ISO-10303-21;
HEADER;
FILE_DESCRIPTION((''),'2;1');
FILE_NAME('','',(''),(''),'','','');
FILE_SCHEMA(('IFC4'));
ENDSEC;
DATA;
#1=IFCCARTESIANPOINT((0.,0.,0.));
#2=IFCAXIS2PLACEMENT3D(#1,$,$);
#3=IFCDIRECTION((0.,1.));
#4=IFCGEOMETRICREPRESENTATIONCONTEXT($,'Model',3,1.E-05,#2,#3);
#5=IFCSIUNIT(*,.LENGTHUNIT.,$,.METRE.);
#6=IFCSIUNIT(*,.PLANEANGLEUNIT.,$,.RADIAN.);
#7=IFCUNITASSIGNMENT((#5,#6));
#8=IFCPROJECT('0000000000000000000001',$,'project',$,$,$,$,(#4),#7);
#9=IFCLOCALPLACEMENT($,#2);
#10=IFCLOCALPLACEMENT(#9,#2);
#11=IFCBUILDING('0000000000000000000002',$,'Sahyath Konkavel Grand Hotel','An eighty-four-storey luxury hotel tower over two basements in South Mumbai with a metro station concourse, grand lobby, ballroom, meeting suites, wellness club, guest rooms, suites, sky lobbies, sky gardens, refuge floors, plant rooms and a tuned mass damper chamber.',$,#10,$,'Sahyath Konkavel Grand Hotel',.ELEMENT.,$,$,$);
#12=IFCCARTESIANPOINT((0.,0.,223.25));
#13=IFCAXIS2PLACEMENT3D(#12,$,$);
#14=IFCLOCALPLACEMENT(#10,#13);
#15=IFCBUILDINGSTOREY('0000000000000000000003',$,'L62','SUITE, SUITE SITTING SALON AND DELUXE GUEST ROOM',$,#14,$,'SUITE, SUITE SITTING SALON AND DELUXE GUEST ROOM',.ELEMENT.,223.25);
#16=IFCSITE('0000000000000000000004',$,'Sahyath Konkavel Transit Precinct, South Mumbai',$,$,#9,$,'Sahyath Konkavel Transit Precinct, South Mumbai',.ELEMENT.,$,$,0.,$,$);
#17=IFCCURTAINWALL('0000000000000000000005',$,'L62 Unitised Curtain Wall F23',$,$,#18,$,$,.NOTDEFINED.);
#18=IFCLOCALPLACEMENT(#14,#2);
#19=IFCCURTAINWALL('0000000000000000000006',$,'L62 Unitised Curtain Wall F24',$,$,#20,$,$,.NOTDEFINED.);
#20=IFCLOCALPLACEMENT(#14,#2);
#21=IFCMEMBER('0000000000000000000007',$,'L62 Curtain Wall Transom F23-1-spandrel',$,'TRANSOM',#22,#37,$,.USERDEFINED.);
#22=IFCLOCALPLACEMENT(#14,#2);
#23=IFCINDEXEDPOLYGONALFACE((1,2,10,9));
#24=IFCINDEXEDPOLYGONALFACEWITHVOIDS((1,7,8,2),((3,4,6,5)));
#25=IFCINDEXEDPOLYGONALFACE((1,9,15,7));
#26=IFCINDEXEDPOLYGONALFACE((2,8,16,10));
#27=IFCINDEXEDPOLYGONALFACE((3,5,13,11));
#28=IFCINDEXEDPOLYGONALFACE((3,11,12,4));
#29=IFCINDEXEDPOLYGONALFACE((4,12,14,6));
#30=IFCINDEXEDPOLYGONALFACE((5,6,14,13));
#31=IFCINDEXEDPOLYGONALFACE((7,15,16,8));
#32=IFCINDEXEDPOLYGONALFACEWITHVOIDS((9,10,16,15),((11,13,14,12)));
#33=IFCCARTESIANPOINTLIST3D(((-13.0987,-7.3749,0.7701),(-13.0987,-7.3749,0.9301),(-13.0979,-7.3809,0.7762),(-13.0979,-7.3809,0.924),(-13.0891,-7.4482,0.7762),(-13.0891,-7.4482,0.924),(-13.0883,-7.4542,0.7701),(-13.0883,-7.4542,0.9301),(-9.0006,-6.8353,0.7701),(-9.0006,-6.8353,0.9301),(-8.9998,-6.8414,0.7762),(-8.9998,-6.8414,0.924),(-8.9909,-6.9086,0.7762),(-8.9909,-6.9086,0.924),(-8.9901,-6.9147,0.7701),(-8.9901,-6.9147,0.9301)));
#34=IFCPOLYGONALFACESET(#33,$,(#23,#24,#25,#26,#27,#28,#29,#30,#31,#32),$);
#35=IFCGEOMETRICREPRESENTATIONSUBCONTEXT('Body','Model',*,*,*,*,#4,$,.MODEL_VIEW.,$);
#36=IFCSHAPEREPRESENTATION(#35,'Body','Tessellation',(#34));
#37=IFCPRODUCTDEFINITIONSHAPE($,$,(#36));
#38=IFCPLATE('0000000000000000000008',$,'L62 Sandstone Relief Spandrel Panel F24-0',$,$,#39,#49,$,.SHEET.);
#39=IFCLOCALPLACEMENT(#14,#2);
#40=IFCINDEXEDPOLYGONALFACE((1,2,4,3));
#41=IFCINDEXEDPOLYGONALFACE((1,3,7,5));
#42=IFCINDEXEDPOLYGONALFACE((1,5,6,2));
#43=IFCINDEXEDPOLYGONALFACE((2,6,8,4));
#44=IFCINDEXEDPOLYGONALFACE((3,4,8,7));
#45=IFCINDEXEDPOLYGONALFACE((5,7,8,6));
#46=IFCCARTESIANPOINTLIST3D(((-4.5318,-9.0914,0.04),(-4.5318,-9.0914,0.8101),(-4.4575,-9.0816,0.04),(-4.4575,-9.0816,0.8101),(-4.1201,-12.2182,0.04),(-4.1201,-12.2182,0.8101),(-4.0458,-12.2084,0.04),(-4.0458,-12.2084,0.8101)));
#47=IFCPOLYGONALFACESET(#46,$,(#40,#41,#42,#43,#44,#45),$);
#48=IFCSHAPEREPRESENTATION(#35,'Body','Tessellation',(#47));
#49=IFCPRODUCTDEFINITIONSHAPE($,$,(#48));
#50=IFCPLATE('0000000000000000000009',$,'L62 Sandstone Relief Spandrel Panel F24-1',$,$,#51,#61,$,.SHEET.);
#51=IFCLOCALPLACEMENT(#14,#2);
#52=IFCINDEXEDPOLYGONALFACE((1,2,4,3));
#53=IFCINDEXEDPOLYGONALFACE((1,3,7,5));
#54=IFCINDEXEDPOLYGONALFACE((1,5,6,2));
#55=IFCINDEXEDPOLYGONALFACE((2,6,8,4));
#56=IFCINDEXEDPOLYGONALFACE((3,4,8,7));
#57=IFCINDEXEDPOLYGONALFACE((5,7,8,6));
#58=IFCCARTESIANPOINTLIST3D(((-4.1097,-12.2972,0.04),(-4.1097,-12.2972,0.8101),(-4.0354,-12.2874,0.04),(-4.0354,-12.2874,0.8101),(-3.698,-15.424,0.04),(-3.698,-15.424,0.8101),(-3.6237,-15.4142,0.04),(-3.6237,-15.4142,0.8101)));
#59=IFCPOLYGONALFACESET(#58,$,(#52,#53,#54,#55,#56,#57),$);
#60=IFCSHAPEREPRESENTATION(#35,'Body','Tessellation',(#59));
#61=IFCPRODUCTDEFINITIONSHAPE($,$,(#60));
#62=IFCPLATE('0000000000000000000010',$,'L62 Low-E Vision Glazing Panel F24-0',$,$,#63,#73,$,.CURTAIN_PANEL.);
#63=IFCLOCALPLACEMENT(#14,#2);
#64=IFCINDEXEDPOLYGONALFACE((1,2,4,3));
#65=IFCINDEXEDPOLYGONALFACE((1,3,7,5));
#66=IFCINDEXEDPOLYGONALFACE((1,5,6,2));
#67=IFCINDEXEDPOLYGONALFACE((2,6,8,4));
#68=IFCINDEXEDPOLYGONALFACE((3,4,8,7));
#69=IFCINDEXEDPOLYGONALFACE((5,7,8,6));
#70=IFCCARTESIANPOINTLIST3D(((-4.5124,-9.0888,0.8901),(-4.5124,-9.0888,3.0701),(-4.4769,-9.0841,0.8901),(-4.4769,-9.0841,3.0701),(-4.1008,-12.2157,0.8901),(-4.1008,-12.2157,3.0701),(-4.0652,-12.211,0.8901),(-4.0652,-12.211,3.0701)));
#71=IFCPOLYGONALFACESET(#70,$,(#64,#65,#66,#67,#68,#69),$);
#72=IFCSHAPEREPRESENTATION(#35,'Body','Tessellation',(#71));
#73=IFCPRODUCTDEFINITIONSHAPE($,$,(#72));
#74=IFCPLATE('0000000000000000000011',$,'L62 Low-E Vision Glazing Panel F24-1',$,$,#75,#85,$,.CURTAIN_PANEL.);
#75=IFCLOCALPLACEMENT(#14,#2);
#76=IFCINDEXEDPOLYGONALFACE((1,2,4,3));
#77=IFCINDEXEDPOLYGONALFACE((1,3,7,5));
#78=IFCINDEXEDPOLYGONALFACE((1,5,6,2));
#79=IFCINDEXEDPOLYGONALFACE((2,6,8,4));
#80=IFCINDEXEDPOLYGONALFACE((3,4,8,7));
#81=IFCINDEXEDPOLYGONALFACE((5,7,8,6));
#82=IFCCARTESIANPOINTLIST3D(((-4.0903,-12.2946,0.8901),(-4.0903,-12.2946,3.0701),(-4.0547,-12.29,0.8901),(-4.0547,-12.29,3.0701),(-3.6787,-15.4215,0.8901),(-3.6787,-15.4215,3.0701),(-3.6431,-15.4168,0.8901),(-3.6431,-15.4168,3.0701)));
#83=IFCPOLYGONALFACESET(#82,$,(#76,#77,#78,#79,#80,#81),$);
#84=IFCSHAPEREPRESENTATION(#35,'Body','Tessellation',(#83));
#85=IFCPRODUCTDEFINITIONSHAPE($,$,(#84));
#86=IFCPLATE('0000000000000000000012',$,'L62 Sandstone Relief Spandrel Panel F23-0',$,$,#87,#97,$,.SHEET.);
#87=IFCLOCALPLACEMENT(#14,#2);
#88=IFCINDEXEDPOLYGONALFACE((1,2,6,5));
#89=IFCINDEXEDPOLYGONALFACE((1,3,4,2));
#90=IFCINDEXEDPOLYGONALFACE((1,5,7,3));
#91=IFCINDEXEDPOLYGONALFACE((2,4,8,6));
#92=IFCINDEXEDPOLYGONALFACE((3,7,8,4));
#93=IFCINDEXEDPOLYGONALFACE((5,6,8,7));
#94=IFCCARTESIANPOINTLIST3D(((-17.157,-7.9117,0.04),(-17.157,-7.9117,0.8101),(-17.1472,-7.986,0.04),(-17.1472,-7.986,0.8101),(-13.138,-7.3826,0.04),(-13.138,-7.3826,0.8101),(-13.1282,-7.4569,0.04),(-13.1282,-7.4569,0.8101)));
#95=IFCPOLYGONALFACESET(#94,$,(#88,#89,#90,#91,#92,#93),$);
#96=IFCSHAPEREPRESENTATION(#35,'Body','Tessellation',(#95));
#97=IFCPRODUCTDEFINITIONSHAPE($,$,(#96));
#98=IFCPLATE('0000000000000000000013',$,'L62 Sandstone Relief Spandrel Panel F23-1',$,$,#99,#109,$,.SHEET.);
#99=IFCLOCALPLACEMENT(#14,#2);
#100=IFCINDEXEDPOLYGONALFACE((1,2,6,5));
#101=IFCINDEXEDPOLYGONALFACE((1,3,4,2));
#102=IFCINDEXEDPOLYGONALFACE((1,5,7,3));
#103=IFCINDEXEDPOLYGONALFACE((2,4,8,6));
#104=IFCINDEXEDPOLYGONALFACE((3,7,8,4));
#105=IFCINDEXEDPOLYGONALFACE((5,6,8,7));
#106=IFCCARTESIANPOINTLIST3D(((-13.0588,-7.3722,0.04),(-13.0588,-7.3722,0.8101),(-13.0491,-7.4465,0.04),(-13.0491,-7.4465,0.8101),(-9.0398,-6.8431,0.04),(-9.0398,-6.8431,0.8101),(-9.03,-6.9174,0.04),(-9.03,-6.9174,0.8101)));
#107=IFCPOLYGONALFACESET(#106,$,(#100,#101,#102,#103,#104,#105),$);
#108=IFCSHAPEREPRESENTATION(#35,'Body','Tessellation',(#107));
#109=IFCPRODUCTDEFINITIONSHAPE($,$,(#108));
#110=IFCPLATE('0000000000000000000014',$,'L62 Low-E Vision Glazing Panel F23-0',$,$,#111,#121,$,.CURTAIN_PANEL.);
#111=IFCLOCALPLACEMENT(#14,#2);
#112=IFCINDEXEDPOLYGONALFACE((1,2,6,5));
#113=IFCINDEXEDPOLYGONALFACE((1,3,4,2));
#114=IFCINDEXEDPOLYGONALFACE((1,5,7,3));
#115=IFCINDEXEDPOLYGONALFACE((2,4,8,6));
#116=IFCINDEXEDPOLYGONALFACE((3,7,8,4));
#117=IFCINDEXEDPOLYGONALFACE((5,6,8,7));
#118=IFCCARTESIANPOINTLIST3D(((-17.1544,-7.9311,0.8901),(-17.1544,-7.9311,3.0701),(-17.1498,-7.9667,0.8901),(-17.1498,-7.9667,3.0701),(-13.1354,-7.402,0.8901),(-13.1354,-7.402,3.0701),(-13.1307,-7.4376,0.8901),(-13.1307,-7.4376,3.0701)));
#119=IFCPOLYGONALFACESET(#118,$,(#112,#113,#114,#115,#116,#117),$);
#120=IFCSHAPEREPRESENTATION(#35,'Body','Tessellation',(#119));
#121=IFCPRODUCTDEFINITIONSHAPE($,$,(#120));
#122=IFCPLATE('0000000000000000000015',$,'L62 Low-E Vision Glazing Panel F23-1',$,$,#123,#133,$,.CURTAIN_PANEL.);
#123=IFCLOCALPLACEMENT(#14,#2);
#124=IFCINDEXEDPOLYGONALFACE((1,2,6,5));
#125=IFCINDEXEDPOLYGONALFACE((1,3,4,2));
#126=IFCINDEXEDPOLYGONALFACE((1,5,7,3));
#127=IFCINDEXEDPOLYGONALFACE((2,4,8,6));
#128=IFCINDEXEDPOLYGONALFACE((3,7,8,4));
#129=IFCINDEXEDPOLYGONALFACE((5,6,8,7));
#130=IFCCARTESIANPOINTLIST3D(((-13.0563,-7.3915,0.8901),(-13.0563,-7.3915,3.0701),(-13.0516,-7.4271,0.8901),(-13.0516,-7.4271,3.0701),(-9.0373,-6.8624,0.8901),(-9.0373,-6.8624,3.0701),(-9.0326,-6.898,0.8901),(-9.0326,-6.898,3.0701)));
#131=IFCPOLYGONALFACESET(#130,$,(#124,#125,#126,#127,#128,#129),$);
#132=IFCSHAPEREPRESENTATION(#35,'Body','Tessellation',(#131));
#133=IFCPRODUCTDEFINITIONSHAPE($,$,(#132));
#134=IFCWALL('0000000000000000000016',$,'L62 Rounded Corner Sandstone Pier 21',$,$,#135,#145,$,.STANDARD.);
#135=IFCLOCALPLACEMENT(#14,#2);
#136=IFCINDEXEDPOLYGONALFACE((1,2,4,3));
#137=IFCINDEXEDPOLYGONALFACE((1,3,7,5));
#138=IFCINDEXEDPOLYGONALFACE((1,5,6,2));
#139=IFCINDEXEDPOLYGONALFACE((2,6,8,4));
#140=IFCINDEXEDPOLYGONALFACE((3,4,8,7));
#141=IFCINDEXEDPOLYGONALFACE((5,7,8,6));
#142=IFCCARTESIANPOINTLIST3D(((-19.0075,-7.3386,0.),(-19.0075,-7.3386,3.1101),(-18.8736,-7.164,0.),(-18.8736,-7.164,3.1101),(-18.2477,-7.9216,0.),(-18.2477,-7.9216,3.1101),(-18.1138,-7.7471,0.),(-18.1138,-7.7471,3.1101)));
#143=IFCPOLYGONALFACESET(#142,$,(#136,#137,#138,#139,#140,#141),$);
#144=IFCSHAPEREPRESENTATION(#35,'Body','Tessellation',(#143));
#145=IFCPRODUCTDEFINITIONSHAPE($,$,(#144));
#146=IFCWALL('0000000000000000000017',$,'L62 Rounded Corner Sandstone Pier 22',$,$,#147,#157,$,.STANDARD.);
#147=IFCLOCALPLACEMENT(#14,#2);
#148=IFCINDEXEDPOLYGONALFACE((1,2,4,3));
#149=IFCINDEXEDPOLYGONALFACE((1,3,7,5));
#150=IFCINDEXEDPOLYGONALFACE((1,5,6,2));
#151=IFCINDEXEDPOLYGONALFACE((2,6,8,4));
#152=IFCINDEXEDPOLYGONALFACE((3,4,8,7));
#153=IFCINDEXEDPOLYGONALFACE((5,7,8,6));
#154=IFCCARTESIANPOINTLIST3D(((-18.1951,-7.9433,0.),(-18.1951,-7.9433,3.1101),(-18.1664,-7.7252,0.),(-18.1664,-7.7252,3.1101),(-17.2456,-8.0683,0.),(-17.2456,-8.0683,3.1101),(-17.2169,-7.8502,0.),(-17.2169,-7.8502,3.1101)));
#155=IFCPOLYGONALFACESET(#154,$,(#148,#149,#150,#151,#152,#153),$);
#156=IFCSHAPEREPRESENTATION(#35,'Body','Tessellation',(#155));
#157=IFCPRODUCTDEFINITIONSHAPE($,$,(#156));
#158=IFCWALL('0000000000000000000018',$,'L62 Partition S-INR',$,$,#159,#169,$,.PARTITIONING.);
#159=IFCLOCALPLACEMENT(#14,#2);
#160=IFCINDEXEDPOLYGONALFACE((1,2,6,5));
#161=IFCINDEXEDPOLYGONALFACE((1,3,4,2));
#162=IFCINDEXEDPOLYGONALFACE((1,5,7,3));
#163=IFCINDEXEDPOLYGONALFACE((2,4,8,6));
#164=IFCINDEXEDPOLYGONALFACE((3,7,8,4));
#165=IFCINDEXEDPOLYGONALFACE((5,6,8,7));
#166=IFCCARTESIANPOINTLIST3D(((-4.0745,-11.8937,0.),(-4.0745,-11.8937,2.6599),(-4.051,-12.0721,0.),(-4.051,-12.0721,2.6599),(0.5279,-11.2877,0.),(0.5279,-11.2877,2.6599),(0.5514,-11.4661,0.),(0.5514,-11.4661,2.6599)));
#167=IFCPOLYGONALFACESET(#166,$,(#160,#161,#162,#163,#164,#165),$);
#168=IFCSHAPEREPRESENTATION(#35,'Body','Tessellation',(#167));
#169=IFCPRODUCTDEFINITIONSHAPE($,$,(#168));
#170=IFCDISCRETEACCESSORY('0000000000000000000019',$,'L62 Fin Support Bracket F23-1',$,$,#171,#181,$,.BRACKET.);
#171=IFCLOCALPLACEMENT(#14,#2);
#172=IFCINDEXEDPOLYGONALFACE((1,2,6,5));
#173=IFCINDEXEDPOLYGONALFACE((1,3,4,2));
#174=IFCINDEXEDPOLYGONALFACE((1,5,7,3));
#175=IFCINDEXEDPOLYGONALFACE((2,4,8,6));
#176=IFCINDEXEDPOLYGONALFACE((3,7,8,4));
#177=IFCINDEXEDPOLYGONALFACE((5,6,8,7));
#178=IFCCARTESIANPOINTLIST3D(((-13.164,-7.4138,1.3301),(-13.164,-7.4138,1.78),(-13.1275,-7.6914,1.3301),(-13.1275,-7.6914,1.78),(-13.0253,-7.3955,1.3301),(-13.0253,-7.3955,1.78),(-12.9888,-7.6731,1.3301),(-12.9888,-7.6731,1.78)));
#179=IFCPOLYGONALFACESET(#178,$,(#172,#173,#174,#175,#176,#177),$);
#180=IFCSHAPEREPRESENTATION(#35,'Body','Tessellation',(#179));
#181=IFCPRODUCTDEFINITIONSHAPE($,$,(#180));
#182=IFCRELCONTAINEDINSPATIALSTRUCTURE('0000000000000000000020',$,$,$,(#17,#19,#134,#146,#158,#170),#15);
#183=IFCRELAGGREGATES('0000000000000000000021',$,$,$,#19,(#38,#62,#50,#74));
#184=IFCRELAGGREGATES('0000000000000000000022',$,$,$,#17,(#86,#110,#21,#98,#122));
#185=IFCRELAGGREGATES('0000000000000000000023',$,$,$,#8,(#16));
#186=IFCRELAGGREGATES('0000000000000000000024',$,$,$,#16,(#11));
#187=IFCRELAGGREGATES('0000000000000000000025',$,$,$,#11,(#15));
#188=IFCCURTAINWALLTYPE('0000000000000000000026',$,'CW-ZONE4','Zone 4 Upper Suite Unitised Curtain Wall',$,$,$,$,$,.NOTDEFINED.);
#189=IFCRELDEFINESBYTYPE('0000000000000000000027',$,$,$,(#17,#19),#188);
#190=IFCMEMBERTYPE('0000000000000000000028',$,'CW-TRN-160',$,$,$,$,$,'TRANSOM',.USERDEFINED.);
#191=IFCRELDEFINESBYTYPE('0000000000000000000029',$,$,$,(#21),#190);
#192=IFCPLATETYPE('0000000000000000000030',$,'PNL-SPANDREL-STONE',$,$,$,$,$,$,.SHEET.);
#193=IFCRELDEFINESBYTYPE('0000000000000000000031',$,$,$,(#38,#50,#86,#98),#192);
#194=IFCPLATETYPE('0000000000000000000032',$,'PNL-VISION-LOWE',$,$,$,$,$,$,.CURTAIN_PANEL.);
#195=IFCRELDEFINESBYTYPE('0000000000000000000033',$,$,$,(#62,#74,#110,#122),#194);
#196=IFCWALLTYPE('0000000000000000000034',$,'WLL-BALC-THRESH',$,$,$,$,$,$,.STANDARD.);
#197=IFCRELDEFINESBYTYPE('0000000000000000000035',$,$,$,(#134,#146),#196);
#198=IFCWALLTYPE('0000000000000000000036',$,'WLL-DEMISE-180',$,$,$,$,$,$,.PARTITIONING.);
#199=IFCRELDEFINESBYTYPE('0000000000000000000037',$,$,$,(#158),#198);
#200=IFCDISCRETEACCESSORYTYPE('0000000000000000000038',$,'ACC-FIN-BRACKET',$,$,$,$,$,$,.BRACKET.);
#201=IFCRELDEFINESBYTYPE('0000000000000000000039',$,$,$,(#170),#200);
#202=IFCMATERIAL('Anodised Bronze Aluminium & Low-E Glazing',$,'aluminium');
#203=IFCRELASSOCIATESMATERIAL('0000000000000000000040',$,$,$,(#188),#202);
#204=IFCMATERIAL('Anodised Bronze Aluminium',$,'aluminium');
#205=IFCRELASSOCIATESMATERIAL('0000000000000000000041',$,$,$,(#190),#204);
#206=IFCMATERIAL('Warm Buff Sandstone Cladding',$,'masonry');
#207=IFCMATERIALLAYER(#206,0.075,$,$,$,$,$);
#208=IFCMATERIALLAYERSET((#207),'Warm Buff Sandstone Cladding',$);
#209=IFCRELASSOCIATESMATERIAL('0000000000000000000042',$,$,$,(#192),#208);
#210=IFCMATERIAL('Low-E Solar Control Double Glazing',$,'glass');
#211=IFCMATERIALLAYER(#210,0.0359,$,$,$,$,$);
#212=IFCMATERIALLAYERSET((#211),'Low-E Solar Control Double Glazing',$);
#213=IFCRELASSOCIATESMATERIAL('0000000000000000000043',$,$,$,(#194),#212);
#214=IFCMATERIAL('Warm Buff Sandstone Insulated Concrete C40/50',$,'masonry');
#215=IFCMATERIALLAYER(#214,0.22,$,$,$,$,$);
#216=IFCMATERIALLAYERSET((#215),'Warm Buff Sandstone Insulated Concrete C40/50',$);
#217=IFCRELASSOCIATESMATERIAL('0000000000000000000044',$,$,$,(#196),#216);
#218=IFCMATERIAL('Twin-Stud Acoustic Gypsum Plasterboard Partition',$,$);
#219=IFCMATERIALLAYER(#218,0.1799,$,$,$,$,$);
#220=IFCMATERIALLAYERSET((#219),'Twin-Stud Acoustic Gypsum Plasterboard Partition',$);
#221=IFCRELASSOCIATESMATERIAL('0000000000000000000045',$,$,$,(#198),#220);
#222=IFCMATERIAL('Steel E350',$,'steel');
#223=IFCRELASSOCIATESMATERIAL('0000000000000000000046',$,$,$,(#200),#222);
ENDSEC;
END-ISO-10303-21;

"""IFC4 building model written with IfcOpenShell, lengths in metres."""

from ifc_helpers import new_model, si_unit, direction, frame, frame_2d, origin, origin_2d, place, context, subcontext, project, spatial, rectangle, hollow_rectangle, extrude, source, transform, mapped, material, layer, layer_set, material_profile, profile_set, type_object, element, aggregate, save


model = new_model("IFC4")

# Units and contexts
model_context = context("Model", 3, precision=1e-05, world=origin(), true_north=direction((0.0, 1.0)))
body_context = subcontext(model_context, "Body", "Model", "MODEL_VIEW")
ifc_project = project(units=[si_unit("LENGTHUNIT", "METRE"), si_unit("PLANEANGLEUNIT", "RADIAN")], contexts=[model_context])

# Site, building, storey
site_placement = place(None, origin())
site = spatial("IfcSite", under=ifc_project, at=site_placement, Name="Sahyath Konkavel Transit Precinct, South Mumbai", LongName="Sahyath Konkavel Transit Precinct, South Mumbai", CompositionType="ELEMENT", RefElevation=0.0)
building_placement = place(site_placement, origin())
building = spatial("IfcBuilding", under=site, at=building_placement, Name="Sahyath Konkavel Grand Hotel", Description="An eighty-four-storey luxury hotel tower over two basements in South Mumbai with a metro station concourse, grand lobby, ballroom, meeting suites, wellness club, guest rooms, suites, sky lobbies, sky gardens, refuge floors, plant rooms and a tuned mass damper chamber.", LongName="Sahyath Konkavel Grand Hotel", CompositionType="ELEMENT")
storey_placement = place(building_placement, frame((0.0, 0.0, 223.25)))
storey = spatial("IfcBuildingStorey", under=building, at=storey_placement, Name="L62", Description="SUITE, SUITE SITTING SALON AND DELUXE GUEST ROOM", LongName="SUITE, SUITE SITTING SALON AND DELUXE GUEST ROOM", CompositionType="ELEMENT", Elevation=223.25)

# Curtain walls
ifc_material_1 = material(Name="Anodised Bronze Aluminium & Low-E Glazing", Category="aluminium")
curtain_wall_type = type_object("IfcCurtainWallType", Name="CW-ZONE4", Description="Zone 4 Upper Suite Unitised Curtain Wall", PredefinedType="NOTDEFINED", material=ifc_material_1)
curtain_wall_1_placement = place(storey_placement, origin())
curtain_wall_1 = element("IfcCurtainWall", 1, at=curtain_wall_1_placement, inside=storey, type_object=curtain_wall_type, Name="L62 Unitised Curtain Wall F23", PredefinedType="NOTDEFINED")
curtain_wall_2_placement = place(storey_placement, origin())
curtain_wall_2 = element("IfcCurtainWall", 2, at=curtain_wall_2_placement, inside=storey, type_object=curtain_wall_type, Name="L62 Unitised Curtain Wall F24", PredefinedType="NOTDEFINED")
ifc_material_2 = material(Name="Anodised Bronze Aluminium", Category="aluminium")

# Member
ifc_material_profile_1 = material_profile(ifc_material_2, hollow_rectangle(XDim=0.0801, YDim=0.1599, WallThickness=0.0061, at=origin_2d()), Name="RHS 160x80x6")
ifc_profile_set_1 = profile_set([ifc_material_profile_1], Name="Anodised Bronze Aluminium")
member_type_1 = type_object("IfcMemberType", Name="CW-TRN-160", ElementType="TRANSOM", PredefinedType="USERDEFINED", material=ifc_profile_set_1)
shared_shape_1 = source(origin(), body_context, "Body", "SweptSolid", [
    extrude(hollow_rectangle(XDim=0.0801, YDim=0.1599, WallThickness=0.0061, at=origin_2d()), origin(), (0.0, 0.0, 1.0), 4.1335),
])
member_1_placement = place(storey_placement, frame((-13.0935, -7.4146, 0.8501), z_axis=(0.991444, 0.130531, 0.0), x_axis=(-0.130531, 0.991444, 0.0)))
member_1 = element("IfcMember", 3, at=member_1_placement, type_object=member_type_1, Name="L62 Curtain Wall Transom F23-1-spandrel", ObjectType="TRANSOM", PredefinedType="USERDEFINED", context=body_context, shape_type="MappedRepresentation", body=[
    mapped(shared_shape_1, transform((0.0, 0.0, 0.0), scale=1.0)),
])

# Plates
ifc_material_3 = material(Name="Warm Buff Sandstone Cladding", Category="masonry")
ifc_layer_1 = layer(ifc_material_3, 0.075)
ifc_layer_set_1 = layer_set([ifc_layer_1], Name="Warm Buff Sandstone Cladding")
plate_type_1 = type_object("IfcPlateType", Name="PNL-SPANDREL-STONE", PredefinedType="SHEET", material=ifc_layer_set_1)
shared_shape_2 = source(origin(), body_context, "Body", "SweptSolid", [
    extrude(rectangle(XDim=3.1538, YDim=0.075, at=origin_2d()), origin(), (0.0, 0.0, 1.0), 0.77),
])
plate_1_placement = place(storey_placement, frame((-4.2888, -10.6499, 0.04), z_axis=(0.0, 0.0, 1.0), x_axis=(0.130526, -0.991445, 0.0)))
plate_1 = element("IfcPlate", 4, at=plate_1_placement, type_object=plate_type_1, Name="L62 Sandstone Relief Spandrel Panel F24-0", PredefinedType="SHEET", context=body_context, shape_type="MappedRepresentation", body=[
    mapped(shared_shape_2, transform((0.0, 0.0, 0.0), scale=1.0)),
])
plate_2_placement = place(storey_placement, frame((-3.8667, -13.8557, 0.04), z_axis=(0.0, 0.0, 1.0), x_axis=(0.130526, -0.991445, 0.0)))
plate_2 = element("IfcPlate", 5, at=plate_2_placement, type_object=plate_type_1, Name="L62 Sandstone Relief Spandrel Panel F24-1", PredefinedType="SHEET", context=body_context, shape_type="MappedRepresentation", body=[
    mapped(shared_shape_2, transform((0.0, 0.0, 0.0), scale=1.0)),
])
ifc_material_4 = material(Name="Low-E Solar Control Double Glazing", Category="glass")
ifc_layer_2 = layer(ifc_material_4, 0.0359)
ifc_layer_set_2 = layer_set([ifc_layer_2], Name="Low-E Solar Control Double Glazing")
plate_type_2 = type_object("IfcPlateType", Name="PNL-VISION-LOWE", PredefinedType="CURTAIN_PANEL", material=ifc_layer_set_2)
shared_shape_3 = source(origin(), body_context, "Body", "SweptSolid", [
    extrude(rectangle(XDim=3.1538, YDim=0.0359, at=origin_2d()), origin(), (0.0, 0.0, 1.0), 2.1799),
])
plate_3_placement = place(storey_placement, frame((-4.2888, -10.6499, 0.8901), z_axis=(0.0, 0.0, 1.0), x_axis=(0.130526, -0.991445, 0.0)))
plate_3 = element("IfcPlate", 6, at=plate_3_placement, type_object=plate_type_2, Name="L62 Low-E Vision Glazing Panel F24-0", PredefinedType="CURTAIN_PANEL", context=body_context, shape_type="MappedRepresentation", body=[
    mapped(shared_shape_3, transform((0.0, 0.0, 0.0), scale=1.0)),
])
plate_4_placement = place(storey_placement, frame((-3.8667, -13.8557, 0.8901), z_axis=(0.0, 0.0, 1.0), x_axis=(0.130526, -0.991445, 0.0)))
plate_4 = element("IfcPlate", 7, at=plate_4_placement, type_object=plate_type_2, Name="L62 Low-E Vision Glazing Panel F24-1", PredefinedType="CURTAIN_PANEL", context=body_context, shape_type="MappedRepresentation", body=[
    mapped(shared_shape_3, transform((0.0, 0.0, 0.0), scale=1.0)),
])
aggregate(curtain_wall_2, [plate_1, plate_3, plate_2, plate_4])
shared_shape_4 = source(origin(), body_context, "Body", "SweptSolid", [
    extrude(rectangle(XDim=4.0537, YDim=0.075, at=origin_2d()), origin(), (0.0, 0.0, 1.0), 0.77),
])
plate_5_placement = place(storey_placement, frame((-15.1426, -7.6843, 0.04), z_axis=(0.0, 0.0, 1.0), x_axis=(0.991445, 0.130526, 0.0)))
plate_5 = element("IfcPlate", 8, at=plate_5_placement, type_object=plate_type_1, Name="L62 Sandstone Relief Spandrel Panel F23-0", PredefinedType="SHEET", context=body_context, shape_type="MappedRepresentation", body=[
    mapped(shared_shape_4, transform((0.0, 0.0, 0.0), scale=1.0)),
])
plate_6_placement = place(storey_placement, frame((-11.0444, -7.1448, 0.04), z_axis=(0.0, 0.0, 1.0), x_axis=(0.991445, 0.130526, 0.0)))
plate_6 = element("IfcPlate", 9, at=plate_6_placement, type_object=plate_type_1, Name="L62 Sandstone Relief Spandrel Panel F23-1", PredefinedType="SHEET", context=body_context, shape_type="MappedRepresentation", body=[
    mapped(shared_shape_4, transform((0.0, 0.0, 0.0), scale=1.0)),
])
shared_shape_5 = source(origin(), body_context, "Body", "SweptSolid", [
    extrude(rectangle(XDim=4.0537, YDim=0.0359, at=origin_2d()), origin(), (0.0, 0.0, 1.0), 2.1799),
])
plate_7_placement = place(storey_placement, frame((-15.1426, -7.6843, 0.8901), z_axis=(0.0, 0.0, 1.0), x_axis=(0.991445, 0.130526, 0.0)))
plate_7 = element("IfcPlate", 10, at=plate_7_placement, type_object=plate_type_2, Name="L62 Low-E Vision Glazing Panel F23-0", PredefinedType="CURTAIN_PANEL", context=body_context, shape_type="MappedRepresentation", body=[
    mapped(shared_shape_5, transform((0.0, 0.0, 0.0), scale=1.0)),
])
plate_8_placement = place(storey_placement, frame((-11.0444, -7.1448, 0.8901), z_axis=(0.0, 0.0, 1.0), x_axis=(0.991445, 0.130526, 0.0)))
plate_8 = element("IfcPlate", 11, at=plate_8_placement, type_object=plate_type_2, Name="L62 Low-E Vision Glazing Panel F23-1", PredefinedType="CURTAIN_PANEL", context=body_context, shape_type="MappedRepresentation", body=[
    mapped(shared_shape_5, transform((0.0, 0.0, 0.0), scale=1.0)),
])
aggregate(curtain_wall_1, [plate_5, plate_7, member_1, plate_6, plate_8])

# Walls
ifc_material_5 = material(Name="Warm Buff Sandstone Insulated Concrete C40/50", Category="masonry")
ifc_layer_3 = layer(ifc_material_5, 0.22)
ifc_layer_set_3 = layer_set([ifc_layer_3], Name="Warm Buff Sandstone Insulated Concrete C40/50")
wall_type_1 = type_object("IfcWallType", Name="WLL-BALC-THRESH", PredefinedType="STANDARD", material=ifc_layer_set_3)
for number, where, z_axis, x_axis, name in (
    (12, (-18.9407, -7.2512, 0.0), (0.0, 0.0, 1.0), (0.793344, -0.608774, 0.0), "L62 Rounded Corner Sandstone Pier 21"),
    (13, (-18.1809, -7.8342, 0.0), (0.0, 0.0, 1.0), (0.991445, -0.130527, 0.0), "L62 Rounded Corner Sandstone Pier 22"),
):
    element("IfcWall", number, at=place(storey_placement, frame(where, z_axis=z_axis, x_axis=x_axis)), inside=storey, type_object=wall_type_1, Name=name, PredefinedType="STANDARD", context=body_context, shape_type="SweptSolid", body=[
        extrude(rectangle(XDim=0.9578, YDim=0.22, at=frame_2d((0.479, 0.0))), origin(), (0.0, 0.0, 1.0), 3.1101),
    ])
ifc_material_6 = material(Name="Twin-Stud Acoustic Gypsum Plasterboard Partition")
ifc_layer_4 = layer(ifc_material_6, 0.1799)
ifc_layer_set_4 = layer_set([ifc_layer_4], Name="Twin-Stud Acoustic Gypsum Plasterboard Partition")
wall_type_2 = type_object("IfcWallType", Name="WLL-DEMISE-180", PredefinedType="PARTITIONING", material=ifc_layer_set_4)
wall_placement = place(storey_placement, frame((-4.0627, -11.9829, 0.0), z_axis=(0.0, 0.0, 1.0), x_axis=(0.991443, 0.130538, 0.0)))
element("IfcWall", 14, at=wall_placement, inside=storey, type_object=wall_type_2, Name="L62 Partition S-INR", PredefinedType="PARTITIONING", context=body_context, shape_type="SweptSolid", body=[
    extrude(rectangle(XDim=4.6421, YDim=0.1799, at=frame_2d((2.321, 0.0))), origin(), (0.0, 0.0, 1.0), 2.6599),
])

# Discrete accessory
ifc_material_7 = material(Name="Steel E350", Category="steel")
discrete_accessory_type = type_object("IfcDiscreteAccessoryType", Name="ACC-FIN-BRACKET", PredefinedType="BRACKET", material=ifc_material_7)
shared_shape_6 = source(origin(), body_context, "Body", "SweptSolid", [
    extrude(rectangle(XDim=0.28, YDim=0.1399, at=origin_2d()), origin(), (0.0, 0.0, 1.0), 0.45),
])
for number, where, z_axis, x_axis, name in (
    (15, (-13.0764, -7.5435, 1.3301), (0.0, 0.0, 1.0), (0.130526, -0.991445, 0.0), "L62 Fin Support Bracket F23-1"),
):
    element("IfcDiscreteAccessory", number, at=place(storey_placement, frame(where, z_axis=z_axis, x_axis=x_axis)), inside=storey, type_object=discrete_accessory_type, Name=name, PredefinedType="BRACKET", context=body_context, shape_type="MappedRepresentation", body=[
        mapped(shared_shape_6, transform((0.0, 0.0, 0.0), scale=1.0)),
    ])

save(model, "model.ifc")
